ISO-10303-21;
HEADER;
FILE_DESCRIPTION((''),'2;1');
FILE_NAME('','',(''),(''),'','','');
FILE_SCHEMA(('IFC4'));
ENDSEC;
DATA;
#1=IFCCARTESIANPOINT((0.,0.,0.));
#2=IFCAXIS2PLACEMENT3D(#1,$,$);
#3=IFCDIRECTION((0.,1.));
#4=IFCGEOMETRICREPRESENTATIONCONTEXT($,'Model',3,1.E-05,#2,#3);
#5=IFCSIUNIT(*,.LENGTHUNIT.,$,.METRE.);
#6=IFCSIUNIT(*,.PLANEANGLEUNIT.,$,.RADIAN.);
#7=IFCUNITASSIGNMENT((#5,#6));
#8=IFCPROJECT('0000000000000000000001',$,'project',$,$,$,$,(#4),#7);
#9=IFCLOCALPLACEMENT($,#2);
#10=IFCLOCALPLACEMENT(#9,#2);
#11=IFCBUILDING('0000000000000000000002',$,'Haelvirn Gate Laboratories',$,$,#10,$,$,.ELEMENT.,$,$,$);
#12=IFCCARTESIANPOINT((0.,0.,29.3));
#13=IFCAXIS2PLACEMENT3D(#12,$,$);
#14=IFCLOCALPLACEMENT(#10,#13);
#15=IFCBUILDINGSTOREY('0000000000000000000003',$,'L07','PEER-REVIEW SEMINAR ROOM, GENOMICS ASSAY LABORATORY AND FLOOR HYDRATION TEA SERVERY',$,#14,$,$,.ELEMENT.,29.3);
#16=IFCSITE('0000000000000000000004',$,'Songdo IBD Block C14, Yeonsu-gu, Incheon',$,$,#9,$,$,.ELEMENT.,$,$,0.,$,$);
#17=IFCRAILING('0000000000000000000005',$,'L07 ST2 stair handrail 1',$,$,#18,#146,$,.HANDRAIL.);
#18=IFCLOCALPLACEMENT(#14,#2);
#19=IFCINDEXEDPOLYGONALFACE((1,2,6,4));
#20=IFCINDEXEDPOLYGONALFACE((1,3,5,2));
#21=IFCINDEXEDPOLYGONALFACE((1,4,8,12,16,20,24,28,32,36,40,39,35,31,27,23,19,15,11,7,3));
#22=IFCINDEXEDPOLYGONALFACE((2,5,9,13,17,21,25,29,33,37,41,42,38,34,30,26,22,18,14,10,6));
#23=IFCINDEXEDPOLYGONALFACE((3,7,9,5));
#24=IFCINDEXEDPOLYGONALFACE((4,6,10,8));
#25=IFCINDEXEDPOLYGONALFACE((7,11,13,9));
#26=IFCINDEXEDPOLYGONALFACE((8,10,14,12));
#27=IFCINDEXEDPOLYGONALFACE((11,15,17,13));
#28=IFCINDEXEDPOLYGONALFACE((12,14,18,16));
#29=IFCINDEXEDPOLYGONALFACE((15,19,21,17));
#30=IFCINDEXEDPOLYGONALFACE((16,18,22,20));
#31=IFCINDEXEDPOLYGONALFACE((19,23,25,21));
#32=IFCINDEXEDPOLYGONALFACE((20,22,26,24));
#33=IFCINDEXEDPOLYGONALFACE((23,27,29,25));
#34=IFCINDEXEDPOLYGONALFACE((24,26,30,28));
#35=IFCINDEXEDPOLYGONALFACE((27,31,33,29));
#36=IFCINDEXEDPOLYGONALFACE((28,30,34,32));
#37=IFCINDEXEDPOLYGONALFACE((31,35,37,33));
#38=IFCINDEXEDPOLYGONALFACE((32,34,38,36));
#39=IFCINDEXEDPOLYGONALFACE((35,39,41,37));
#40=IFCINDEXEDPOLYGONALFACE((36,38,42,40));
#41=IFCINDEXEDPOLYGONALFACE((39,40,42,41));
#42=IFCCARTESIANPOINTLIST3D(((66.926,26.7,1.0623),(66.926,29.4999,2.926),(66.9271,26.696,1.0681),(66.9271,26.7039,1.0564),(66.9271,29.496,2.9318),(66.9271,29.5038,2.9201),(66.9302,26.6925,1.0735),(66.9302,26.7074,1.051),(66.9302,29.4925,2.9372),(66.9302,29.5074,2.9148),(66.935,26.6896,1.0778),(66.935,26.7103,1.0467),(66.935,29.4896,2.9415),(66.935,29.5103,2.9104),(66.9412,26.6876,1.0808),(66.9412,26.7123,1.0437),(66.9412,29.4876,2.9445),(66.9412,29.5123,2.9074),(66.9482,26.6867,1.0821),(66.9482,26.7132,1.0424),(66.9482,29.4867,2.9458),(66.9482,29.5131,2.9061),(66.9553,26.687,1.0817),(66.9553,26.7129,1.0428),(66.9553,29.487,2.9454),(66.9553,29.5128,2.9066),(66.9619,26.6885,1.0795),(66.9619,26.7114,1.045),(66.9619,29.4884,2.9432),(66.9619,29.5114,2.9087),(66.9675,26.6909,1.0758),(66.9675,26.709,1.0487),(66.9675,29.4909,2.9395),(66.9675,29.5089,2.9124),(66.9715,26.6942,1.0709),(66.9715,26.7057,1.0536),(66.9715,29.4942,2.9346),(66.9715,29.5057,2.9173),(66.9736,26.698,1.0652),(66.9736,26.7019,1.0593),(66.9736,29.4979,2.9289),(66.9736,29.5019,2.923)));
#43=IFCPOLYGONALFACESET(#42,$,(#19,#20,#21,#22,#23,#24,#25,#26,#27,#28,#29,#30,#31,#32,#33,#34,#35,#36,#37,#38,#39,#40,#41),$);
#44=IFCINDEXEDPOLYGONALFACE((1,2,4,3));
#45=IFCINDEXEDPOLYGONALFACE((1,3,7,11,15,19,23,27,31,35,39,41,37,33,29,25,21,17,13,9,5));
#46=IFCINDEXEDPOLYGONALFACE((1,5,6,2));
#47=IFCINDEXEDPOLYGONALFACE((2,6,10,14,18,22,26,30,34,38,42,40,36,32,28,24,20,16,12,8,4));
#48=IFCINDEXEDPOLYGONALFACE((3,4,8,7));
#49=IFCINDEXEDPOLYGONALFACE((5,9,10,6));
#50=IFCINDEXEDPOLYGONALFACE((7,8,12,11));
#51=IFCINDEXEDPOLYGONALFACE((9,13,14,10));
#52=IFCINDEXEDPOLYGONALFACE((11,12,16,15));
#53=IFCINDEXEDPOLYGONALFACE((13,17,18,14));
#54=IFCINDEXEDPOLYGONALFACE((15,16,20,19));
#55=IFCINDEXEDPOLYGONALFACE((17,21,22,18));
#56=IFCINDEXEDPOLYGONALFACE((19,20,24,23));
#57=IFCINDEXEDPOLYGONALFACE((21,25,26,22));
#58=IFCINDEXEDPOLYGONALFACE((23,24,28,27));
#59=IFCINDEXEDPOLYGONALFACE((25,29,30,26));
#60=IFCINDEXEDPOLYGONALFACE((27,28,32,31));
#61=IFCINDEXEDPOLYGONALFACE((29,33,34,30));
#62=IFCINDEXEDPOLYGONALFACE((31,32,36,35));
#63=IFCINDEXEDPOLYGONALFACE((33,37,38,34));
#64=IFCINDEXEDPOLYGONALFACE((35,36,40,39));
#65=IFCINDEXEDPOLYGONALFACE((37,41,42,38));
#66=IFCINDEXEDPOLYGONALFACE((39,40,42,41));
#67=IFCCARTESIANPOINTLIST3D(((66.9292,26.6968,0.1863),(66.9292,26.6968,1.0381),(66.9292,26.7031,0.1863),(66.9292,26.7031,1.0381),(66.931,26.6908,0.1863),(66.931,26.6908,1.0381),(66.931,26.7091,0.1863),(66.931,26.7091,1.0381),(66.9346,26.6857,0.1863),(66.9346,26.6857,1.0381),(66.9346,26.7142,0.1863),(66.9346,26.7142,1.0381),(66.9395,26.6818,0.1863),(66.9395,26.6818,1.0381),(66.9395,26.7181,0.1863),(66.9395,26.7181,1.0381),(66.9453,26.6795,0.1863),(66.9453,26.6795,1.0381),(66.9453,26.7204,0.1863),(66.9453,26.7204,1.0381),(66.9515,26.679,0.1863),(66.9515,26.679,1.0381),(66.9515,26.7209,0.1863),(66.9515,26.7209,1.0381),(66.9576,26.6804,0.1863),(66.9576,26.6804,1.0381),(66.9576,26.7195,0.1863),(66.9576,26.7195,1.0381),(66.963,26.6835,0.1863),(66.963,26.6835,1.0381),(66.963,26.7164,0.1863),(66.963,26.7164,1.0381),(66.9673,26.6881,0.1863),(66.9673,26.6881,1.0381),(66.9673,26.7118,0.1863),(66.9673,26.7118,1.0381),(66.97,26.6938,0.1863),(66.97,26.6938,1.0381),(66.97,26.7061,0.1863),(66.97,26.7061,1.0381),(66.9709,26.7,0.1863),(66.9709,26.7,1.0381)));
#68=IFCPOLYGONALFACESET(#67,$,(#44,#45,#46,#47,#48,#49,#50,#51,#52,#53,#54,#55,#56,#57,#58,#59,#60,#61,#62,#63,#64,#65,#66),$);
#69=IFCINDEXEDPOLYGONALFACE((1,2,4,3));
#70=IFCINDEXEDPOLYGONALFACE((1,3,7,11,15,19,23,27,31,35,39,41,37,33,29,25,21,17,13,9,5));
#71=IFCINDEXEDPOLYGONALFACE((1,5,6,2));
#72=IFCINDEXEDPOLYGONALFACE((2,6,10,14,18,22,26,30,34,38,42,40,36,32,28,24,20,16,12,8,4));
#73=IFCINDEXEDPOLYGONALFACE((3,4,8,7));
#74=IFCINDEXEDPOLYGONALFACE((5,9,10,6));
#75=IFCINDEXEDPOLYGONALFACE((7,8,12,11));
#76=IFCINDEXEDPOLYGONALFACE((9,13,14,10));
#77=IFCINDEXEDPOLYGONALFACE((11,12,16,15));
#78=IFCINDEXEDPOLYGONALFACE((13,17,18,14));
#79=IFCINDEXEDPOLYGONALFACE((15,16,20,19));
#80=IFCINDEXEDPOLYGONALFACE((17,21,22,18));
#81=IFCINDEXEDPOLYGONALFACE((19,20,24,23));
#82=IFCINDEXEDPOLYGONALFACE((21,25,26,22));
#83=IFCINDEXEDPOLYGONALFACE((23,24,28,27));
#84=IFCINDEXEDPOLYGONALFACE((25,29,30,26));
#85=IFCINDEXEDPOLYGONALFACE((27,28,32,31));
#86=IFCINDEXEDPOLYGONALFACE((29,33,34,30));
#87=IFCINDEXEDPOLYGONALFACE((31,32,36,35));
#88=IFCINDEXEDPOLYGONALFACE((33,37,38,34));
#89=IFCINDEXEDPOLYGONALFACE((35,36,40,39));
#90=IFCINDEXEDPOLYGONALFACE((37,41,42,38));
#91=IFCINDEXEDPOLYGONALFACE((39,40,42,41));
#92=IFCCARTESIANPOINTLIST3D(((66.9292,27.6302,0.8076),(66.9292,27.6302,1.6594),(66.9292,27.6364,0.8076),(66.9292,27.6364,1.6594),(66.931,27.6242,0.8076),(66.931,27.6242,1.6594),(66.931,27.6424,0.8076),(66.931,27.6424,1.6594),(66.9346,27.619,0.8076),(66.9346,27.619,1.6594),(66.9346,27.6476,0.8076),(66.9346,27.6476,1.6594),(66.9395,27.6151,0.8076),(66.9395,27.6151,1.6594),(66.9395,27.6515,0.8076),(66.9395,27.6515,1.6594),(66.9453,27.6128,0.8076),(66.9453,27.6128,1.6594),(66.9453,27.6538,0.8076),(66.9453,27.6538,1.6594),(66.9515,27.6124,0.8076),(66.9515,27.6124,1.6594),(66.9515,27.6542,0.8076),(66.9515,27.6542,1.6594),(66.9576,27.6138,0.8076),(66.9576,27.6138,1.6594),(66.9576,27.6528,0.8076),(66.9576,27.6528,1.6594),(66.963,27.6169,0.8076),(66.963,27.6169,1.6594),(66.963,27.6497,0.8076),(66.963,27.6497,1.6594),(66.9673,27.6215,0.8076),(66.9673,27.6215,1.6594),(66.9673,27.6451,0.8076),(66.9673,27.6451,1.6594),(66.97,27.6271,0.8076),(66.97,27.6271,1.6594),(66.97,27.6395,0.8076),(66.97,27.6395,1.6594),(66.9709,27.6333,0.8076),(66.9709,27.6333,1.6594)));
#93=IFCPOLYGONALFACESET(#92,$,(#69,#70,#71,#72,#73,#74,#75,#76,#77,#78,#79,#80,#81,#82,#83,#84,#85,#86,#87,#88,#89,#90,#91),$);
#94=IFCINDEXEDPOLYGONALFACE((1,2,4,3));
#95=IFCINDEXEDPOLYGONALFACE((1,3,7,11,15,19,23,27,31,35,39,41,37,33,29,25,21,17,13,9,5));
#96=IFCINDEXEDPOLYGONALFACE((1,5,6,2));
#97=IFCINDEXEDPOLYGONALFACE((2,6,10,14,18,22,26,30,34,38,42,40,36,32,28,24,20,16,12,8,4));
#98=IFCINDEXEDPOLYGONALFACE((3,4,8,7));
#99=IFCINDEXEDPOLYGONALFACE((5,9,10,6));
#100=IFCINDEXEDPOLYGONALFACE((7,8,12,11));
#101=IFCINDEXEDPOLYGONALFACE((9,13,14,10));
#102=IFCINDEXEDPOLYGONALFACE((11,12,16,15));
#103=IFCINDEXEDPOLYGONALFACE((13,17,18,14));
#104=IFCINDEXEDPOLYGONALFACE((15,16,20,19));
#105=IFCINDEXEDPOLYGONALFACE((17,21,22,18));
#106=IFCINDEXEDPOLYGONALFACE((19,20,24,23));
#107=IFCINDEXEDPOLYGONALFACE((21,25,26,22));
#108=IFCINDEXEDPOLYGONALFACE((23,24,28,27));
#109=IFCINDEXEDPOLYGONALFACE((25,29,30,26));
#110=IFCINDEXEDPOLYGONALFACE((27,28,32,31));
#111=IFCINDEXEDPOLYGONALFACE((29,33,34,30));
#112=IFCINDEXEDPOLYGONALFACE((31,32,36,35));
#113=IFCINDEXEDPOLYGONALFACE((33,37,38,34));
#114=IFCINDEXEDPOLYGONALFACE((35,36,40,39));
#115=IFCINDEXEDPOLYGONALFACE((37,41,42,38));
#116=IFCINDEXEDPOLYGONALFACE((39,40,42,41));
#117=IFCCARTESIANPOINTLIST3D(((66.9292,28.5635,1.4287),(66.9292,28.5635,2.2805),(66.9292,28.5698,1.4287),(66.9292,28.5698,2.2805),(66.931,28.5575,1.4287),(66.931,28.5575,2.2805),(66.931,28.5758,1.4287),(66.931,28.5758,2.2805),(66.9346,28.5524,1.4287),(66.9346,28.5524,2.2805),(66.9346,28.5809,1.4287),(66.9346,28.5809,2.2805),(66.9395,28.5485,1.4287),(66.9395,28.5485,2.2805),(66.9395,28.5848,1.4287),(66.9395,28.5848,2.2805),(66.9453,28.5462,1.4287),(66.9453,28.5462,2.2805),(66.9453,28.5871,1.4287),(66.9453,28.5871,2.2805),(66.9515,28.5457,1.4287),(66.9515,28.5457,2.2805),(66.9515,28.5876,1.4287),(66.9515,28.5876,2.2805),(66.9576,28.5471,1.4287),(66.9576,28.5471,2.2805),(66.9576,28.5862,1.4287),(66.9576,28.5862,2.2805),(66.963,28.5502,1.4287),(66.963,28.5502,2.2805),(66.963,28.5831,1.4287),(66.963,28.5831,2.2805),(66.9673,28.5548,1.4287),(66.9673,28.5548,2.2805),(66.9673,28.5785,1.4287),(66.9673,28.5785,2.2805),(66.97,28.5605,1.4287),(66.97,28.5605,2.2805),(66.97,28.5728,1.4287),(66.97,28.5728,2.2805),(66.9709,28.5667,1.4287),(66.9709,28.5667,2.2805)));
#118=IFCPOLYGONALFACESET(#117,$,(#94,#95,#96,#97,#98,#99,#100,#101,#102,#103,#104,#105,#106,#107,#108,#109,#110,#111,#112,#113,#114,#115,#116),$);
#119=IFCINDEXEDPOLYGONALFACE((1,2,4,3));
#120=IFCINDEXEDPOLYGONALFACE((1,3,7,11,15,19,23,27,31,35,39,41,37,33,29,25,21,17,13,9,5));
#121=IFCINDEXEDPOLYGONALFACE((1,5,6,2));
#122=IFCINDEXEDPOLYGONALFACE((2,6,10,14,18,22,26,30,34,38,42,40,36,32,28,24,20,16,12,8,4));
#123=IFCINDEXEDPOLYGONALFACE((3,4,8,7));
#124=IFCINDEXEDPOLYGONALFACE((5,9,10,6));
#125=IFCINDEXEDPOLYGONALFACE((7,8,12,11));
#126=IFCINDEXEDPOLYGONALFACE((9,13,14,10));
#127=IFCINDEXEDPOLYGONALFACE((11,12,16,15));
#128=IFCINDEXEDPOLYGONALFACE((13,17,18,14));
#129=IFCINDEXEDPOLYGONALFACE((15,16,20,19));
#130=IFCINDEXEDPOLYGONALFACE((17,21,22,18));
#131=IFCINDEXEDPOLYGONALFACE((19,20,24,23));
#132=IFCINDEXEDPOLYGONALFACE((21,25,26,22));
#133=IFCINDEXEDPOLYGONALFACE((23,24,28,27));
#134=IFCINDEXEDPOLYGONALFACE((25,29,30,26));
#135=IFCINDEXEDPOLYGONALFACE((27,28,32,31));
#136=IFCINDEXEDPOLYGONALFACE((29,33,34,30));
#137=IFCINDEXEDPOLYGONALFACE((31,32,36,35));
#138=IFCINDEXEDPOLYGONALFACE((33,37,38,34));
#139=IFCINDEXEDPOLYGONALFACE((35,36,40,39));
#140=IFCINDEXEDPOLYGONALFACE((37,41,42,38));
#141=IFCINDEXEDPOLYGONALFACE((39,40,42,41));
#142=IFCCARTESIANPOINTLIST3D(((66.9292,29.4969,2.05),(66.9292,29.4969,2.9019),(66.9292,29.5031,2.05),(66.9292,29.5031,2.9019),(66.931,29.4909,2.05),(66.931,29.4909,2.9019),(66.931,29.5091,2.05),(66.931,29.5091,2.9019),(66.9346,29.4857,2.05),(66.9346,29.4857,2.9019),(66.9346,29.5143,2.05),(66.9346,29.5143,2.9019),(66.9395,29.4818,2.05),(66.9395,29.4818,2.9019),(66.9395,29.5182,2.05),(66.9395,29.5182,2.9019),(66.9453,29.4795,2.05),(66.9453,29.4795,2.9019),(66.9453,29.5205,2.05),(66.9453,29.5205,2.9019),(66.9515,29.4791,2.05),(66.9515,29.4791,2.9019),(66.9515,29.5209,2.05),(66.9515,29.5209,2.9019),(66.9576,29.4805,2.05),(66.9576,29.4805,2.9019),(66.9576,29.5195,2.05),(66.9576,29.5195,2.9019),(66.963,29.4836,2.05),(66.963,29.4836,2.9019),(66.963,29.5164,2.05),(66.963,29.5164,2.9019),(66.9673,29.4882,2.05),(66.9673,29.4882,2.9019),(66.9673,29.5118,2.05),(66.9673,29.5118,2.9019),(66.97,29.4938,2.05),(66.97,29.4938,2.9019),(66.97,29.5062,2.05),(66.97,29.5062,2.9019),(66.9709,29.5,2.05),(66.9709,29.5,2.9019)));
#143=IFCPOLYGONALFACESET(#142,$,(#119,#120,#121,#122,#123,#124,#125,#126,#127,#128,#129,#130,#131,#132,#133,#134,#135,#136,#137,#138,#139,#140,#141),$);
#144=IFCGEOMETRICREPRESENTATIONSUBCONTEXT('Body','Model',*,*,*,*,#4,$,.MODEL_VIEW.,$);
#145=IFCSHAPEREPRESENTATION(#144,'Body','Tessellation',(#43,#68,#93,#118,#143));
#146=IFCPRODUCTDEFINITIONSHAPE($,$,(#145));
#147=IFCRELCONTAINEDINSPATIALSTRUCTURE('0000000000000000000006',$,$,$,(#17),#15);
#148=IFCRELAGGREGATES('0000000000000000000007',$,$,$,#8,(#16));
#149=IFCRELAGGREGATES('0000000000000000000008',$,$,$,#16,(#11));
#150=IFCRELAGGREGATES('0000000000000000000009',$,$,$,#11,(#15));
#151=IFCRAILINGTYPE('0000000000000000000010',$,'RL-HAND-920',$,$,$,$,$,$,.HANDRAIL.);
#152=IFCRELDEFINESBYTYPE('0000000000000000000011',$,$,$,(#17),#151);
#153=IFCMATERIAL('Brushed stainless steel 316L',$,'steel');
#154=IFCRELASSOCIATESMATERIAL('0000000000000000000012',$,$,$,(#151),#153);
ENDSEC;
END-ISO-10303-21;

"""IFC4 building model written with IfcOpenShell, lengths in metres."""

from ifc_helpers import new_model, si_unit, direction, frame, origin, origin_2d, place, context, subcontext, project, spatial, circle, extrude, source, transform, mapped, material, type_object, element, save


model = new_model("IFC4")

# Units and contexts
model_context = context("Model", 3, precision=1e-05, world=origin(), true_north=direction((0.0, 1.0)))
body_context = subcontext(model_context, "Body", "Model", "MODEL_VIEW")
ifc_project = project(units=[si_unit("LENGTHUNIT", "METRE"), si_unit("PLANEANGLEUNIT", "RADIAN")], contexts=[model_context])

# Site, building, storey
site_placement = place(None, origin())
site = spatial("IfcSite", under=ifc_project, at=site_placement, Name="Songdo IBD Block C14, Yeonsu-gu, Incheon", CompositionType="ELEMENT", RefElevation=0.0)
building_placement = place(site_placement, origin())
building = spatial("IfcBuilding", under=site, at=building_placement, Name="Haelvirn Gate Laboratories", CompositionType="ELEMENT")
storey_placement = place(building_placement, frame((0.0, 0.0, 29.3)))
storey = spatial("IfcBuildingStorey", under=building, at=storey_placement, Name="L07", Description="PEER-REVIEW SEMINAR ROOM, GENOMICS ASSAY LABORATORY AND FLOOR HYDRATION TEA SERVERY", CompositionType="ELEMENT", Elevation=29.3)

# Railing
ifc_material_1 = material(Name="Brushed stainless steel 316L", Category="steel")
railing_type_1 = type_object("IfcRailingType", Name="RL-HAND-920", PredefinedType="HANDRAIL", material=ifc_material_1)
shared_shape_1 = source(origin(), body_context, "Body", "SweptSolid", [
    extrude(circle(Radius=0.0239, at=origin_2d()), frame((0.0, 0.0, 0.876), z_axis=(0.0, 0.832452, 0.554097), x_axis=(-1.0, 0.0, 0.0)), (0.0, 0.0, 1.0), 3.3635),
    extrude(circle(Radius=0.021, at=origin_2d()), origin(), (0.0, 0.0, 1.0), 0.8518),
    extrude(circle(Radius=0.021, at=origin_2d()), frame((0.0, 0.9333, 0.6213)), (0.0, 0.0, 1.0), 0.8518),
    extrude(circle(Radius=0.021, at=origin_2d()), frame((0.0, 1.8667, 1.2424)), (0.0, 0.0, 1.0), 0.8518),
    extrude(circle(Radius=0.021, at=origin_2d()), frame((0.0, 2.8, 1.8638)), (0.0, 0.0, 1.0), 0.8518),
])
railing_1_placement = place(storey_placement, frame((66.95, 26.7, 0.1863)))
element("IfcRailing", 1, at=railing_1_placement, inside=storey, type_object=railing_type_1, Name="L07 ST2 stair handrail 1", PredefinedType="HANDRAIL", context=body_context, shape_type="MappedRepresentation", body=[
    mapped(shared_shape_1, transform((0.0, 0.0, 0.0), scale=1.0)),
])

save(model, "model.ifc")
